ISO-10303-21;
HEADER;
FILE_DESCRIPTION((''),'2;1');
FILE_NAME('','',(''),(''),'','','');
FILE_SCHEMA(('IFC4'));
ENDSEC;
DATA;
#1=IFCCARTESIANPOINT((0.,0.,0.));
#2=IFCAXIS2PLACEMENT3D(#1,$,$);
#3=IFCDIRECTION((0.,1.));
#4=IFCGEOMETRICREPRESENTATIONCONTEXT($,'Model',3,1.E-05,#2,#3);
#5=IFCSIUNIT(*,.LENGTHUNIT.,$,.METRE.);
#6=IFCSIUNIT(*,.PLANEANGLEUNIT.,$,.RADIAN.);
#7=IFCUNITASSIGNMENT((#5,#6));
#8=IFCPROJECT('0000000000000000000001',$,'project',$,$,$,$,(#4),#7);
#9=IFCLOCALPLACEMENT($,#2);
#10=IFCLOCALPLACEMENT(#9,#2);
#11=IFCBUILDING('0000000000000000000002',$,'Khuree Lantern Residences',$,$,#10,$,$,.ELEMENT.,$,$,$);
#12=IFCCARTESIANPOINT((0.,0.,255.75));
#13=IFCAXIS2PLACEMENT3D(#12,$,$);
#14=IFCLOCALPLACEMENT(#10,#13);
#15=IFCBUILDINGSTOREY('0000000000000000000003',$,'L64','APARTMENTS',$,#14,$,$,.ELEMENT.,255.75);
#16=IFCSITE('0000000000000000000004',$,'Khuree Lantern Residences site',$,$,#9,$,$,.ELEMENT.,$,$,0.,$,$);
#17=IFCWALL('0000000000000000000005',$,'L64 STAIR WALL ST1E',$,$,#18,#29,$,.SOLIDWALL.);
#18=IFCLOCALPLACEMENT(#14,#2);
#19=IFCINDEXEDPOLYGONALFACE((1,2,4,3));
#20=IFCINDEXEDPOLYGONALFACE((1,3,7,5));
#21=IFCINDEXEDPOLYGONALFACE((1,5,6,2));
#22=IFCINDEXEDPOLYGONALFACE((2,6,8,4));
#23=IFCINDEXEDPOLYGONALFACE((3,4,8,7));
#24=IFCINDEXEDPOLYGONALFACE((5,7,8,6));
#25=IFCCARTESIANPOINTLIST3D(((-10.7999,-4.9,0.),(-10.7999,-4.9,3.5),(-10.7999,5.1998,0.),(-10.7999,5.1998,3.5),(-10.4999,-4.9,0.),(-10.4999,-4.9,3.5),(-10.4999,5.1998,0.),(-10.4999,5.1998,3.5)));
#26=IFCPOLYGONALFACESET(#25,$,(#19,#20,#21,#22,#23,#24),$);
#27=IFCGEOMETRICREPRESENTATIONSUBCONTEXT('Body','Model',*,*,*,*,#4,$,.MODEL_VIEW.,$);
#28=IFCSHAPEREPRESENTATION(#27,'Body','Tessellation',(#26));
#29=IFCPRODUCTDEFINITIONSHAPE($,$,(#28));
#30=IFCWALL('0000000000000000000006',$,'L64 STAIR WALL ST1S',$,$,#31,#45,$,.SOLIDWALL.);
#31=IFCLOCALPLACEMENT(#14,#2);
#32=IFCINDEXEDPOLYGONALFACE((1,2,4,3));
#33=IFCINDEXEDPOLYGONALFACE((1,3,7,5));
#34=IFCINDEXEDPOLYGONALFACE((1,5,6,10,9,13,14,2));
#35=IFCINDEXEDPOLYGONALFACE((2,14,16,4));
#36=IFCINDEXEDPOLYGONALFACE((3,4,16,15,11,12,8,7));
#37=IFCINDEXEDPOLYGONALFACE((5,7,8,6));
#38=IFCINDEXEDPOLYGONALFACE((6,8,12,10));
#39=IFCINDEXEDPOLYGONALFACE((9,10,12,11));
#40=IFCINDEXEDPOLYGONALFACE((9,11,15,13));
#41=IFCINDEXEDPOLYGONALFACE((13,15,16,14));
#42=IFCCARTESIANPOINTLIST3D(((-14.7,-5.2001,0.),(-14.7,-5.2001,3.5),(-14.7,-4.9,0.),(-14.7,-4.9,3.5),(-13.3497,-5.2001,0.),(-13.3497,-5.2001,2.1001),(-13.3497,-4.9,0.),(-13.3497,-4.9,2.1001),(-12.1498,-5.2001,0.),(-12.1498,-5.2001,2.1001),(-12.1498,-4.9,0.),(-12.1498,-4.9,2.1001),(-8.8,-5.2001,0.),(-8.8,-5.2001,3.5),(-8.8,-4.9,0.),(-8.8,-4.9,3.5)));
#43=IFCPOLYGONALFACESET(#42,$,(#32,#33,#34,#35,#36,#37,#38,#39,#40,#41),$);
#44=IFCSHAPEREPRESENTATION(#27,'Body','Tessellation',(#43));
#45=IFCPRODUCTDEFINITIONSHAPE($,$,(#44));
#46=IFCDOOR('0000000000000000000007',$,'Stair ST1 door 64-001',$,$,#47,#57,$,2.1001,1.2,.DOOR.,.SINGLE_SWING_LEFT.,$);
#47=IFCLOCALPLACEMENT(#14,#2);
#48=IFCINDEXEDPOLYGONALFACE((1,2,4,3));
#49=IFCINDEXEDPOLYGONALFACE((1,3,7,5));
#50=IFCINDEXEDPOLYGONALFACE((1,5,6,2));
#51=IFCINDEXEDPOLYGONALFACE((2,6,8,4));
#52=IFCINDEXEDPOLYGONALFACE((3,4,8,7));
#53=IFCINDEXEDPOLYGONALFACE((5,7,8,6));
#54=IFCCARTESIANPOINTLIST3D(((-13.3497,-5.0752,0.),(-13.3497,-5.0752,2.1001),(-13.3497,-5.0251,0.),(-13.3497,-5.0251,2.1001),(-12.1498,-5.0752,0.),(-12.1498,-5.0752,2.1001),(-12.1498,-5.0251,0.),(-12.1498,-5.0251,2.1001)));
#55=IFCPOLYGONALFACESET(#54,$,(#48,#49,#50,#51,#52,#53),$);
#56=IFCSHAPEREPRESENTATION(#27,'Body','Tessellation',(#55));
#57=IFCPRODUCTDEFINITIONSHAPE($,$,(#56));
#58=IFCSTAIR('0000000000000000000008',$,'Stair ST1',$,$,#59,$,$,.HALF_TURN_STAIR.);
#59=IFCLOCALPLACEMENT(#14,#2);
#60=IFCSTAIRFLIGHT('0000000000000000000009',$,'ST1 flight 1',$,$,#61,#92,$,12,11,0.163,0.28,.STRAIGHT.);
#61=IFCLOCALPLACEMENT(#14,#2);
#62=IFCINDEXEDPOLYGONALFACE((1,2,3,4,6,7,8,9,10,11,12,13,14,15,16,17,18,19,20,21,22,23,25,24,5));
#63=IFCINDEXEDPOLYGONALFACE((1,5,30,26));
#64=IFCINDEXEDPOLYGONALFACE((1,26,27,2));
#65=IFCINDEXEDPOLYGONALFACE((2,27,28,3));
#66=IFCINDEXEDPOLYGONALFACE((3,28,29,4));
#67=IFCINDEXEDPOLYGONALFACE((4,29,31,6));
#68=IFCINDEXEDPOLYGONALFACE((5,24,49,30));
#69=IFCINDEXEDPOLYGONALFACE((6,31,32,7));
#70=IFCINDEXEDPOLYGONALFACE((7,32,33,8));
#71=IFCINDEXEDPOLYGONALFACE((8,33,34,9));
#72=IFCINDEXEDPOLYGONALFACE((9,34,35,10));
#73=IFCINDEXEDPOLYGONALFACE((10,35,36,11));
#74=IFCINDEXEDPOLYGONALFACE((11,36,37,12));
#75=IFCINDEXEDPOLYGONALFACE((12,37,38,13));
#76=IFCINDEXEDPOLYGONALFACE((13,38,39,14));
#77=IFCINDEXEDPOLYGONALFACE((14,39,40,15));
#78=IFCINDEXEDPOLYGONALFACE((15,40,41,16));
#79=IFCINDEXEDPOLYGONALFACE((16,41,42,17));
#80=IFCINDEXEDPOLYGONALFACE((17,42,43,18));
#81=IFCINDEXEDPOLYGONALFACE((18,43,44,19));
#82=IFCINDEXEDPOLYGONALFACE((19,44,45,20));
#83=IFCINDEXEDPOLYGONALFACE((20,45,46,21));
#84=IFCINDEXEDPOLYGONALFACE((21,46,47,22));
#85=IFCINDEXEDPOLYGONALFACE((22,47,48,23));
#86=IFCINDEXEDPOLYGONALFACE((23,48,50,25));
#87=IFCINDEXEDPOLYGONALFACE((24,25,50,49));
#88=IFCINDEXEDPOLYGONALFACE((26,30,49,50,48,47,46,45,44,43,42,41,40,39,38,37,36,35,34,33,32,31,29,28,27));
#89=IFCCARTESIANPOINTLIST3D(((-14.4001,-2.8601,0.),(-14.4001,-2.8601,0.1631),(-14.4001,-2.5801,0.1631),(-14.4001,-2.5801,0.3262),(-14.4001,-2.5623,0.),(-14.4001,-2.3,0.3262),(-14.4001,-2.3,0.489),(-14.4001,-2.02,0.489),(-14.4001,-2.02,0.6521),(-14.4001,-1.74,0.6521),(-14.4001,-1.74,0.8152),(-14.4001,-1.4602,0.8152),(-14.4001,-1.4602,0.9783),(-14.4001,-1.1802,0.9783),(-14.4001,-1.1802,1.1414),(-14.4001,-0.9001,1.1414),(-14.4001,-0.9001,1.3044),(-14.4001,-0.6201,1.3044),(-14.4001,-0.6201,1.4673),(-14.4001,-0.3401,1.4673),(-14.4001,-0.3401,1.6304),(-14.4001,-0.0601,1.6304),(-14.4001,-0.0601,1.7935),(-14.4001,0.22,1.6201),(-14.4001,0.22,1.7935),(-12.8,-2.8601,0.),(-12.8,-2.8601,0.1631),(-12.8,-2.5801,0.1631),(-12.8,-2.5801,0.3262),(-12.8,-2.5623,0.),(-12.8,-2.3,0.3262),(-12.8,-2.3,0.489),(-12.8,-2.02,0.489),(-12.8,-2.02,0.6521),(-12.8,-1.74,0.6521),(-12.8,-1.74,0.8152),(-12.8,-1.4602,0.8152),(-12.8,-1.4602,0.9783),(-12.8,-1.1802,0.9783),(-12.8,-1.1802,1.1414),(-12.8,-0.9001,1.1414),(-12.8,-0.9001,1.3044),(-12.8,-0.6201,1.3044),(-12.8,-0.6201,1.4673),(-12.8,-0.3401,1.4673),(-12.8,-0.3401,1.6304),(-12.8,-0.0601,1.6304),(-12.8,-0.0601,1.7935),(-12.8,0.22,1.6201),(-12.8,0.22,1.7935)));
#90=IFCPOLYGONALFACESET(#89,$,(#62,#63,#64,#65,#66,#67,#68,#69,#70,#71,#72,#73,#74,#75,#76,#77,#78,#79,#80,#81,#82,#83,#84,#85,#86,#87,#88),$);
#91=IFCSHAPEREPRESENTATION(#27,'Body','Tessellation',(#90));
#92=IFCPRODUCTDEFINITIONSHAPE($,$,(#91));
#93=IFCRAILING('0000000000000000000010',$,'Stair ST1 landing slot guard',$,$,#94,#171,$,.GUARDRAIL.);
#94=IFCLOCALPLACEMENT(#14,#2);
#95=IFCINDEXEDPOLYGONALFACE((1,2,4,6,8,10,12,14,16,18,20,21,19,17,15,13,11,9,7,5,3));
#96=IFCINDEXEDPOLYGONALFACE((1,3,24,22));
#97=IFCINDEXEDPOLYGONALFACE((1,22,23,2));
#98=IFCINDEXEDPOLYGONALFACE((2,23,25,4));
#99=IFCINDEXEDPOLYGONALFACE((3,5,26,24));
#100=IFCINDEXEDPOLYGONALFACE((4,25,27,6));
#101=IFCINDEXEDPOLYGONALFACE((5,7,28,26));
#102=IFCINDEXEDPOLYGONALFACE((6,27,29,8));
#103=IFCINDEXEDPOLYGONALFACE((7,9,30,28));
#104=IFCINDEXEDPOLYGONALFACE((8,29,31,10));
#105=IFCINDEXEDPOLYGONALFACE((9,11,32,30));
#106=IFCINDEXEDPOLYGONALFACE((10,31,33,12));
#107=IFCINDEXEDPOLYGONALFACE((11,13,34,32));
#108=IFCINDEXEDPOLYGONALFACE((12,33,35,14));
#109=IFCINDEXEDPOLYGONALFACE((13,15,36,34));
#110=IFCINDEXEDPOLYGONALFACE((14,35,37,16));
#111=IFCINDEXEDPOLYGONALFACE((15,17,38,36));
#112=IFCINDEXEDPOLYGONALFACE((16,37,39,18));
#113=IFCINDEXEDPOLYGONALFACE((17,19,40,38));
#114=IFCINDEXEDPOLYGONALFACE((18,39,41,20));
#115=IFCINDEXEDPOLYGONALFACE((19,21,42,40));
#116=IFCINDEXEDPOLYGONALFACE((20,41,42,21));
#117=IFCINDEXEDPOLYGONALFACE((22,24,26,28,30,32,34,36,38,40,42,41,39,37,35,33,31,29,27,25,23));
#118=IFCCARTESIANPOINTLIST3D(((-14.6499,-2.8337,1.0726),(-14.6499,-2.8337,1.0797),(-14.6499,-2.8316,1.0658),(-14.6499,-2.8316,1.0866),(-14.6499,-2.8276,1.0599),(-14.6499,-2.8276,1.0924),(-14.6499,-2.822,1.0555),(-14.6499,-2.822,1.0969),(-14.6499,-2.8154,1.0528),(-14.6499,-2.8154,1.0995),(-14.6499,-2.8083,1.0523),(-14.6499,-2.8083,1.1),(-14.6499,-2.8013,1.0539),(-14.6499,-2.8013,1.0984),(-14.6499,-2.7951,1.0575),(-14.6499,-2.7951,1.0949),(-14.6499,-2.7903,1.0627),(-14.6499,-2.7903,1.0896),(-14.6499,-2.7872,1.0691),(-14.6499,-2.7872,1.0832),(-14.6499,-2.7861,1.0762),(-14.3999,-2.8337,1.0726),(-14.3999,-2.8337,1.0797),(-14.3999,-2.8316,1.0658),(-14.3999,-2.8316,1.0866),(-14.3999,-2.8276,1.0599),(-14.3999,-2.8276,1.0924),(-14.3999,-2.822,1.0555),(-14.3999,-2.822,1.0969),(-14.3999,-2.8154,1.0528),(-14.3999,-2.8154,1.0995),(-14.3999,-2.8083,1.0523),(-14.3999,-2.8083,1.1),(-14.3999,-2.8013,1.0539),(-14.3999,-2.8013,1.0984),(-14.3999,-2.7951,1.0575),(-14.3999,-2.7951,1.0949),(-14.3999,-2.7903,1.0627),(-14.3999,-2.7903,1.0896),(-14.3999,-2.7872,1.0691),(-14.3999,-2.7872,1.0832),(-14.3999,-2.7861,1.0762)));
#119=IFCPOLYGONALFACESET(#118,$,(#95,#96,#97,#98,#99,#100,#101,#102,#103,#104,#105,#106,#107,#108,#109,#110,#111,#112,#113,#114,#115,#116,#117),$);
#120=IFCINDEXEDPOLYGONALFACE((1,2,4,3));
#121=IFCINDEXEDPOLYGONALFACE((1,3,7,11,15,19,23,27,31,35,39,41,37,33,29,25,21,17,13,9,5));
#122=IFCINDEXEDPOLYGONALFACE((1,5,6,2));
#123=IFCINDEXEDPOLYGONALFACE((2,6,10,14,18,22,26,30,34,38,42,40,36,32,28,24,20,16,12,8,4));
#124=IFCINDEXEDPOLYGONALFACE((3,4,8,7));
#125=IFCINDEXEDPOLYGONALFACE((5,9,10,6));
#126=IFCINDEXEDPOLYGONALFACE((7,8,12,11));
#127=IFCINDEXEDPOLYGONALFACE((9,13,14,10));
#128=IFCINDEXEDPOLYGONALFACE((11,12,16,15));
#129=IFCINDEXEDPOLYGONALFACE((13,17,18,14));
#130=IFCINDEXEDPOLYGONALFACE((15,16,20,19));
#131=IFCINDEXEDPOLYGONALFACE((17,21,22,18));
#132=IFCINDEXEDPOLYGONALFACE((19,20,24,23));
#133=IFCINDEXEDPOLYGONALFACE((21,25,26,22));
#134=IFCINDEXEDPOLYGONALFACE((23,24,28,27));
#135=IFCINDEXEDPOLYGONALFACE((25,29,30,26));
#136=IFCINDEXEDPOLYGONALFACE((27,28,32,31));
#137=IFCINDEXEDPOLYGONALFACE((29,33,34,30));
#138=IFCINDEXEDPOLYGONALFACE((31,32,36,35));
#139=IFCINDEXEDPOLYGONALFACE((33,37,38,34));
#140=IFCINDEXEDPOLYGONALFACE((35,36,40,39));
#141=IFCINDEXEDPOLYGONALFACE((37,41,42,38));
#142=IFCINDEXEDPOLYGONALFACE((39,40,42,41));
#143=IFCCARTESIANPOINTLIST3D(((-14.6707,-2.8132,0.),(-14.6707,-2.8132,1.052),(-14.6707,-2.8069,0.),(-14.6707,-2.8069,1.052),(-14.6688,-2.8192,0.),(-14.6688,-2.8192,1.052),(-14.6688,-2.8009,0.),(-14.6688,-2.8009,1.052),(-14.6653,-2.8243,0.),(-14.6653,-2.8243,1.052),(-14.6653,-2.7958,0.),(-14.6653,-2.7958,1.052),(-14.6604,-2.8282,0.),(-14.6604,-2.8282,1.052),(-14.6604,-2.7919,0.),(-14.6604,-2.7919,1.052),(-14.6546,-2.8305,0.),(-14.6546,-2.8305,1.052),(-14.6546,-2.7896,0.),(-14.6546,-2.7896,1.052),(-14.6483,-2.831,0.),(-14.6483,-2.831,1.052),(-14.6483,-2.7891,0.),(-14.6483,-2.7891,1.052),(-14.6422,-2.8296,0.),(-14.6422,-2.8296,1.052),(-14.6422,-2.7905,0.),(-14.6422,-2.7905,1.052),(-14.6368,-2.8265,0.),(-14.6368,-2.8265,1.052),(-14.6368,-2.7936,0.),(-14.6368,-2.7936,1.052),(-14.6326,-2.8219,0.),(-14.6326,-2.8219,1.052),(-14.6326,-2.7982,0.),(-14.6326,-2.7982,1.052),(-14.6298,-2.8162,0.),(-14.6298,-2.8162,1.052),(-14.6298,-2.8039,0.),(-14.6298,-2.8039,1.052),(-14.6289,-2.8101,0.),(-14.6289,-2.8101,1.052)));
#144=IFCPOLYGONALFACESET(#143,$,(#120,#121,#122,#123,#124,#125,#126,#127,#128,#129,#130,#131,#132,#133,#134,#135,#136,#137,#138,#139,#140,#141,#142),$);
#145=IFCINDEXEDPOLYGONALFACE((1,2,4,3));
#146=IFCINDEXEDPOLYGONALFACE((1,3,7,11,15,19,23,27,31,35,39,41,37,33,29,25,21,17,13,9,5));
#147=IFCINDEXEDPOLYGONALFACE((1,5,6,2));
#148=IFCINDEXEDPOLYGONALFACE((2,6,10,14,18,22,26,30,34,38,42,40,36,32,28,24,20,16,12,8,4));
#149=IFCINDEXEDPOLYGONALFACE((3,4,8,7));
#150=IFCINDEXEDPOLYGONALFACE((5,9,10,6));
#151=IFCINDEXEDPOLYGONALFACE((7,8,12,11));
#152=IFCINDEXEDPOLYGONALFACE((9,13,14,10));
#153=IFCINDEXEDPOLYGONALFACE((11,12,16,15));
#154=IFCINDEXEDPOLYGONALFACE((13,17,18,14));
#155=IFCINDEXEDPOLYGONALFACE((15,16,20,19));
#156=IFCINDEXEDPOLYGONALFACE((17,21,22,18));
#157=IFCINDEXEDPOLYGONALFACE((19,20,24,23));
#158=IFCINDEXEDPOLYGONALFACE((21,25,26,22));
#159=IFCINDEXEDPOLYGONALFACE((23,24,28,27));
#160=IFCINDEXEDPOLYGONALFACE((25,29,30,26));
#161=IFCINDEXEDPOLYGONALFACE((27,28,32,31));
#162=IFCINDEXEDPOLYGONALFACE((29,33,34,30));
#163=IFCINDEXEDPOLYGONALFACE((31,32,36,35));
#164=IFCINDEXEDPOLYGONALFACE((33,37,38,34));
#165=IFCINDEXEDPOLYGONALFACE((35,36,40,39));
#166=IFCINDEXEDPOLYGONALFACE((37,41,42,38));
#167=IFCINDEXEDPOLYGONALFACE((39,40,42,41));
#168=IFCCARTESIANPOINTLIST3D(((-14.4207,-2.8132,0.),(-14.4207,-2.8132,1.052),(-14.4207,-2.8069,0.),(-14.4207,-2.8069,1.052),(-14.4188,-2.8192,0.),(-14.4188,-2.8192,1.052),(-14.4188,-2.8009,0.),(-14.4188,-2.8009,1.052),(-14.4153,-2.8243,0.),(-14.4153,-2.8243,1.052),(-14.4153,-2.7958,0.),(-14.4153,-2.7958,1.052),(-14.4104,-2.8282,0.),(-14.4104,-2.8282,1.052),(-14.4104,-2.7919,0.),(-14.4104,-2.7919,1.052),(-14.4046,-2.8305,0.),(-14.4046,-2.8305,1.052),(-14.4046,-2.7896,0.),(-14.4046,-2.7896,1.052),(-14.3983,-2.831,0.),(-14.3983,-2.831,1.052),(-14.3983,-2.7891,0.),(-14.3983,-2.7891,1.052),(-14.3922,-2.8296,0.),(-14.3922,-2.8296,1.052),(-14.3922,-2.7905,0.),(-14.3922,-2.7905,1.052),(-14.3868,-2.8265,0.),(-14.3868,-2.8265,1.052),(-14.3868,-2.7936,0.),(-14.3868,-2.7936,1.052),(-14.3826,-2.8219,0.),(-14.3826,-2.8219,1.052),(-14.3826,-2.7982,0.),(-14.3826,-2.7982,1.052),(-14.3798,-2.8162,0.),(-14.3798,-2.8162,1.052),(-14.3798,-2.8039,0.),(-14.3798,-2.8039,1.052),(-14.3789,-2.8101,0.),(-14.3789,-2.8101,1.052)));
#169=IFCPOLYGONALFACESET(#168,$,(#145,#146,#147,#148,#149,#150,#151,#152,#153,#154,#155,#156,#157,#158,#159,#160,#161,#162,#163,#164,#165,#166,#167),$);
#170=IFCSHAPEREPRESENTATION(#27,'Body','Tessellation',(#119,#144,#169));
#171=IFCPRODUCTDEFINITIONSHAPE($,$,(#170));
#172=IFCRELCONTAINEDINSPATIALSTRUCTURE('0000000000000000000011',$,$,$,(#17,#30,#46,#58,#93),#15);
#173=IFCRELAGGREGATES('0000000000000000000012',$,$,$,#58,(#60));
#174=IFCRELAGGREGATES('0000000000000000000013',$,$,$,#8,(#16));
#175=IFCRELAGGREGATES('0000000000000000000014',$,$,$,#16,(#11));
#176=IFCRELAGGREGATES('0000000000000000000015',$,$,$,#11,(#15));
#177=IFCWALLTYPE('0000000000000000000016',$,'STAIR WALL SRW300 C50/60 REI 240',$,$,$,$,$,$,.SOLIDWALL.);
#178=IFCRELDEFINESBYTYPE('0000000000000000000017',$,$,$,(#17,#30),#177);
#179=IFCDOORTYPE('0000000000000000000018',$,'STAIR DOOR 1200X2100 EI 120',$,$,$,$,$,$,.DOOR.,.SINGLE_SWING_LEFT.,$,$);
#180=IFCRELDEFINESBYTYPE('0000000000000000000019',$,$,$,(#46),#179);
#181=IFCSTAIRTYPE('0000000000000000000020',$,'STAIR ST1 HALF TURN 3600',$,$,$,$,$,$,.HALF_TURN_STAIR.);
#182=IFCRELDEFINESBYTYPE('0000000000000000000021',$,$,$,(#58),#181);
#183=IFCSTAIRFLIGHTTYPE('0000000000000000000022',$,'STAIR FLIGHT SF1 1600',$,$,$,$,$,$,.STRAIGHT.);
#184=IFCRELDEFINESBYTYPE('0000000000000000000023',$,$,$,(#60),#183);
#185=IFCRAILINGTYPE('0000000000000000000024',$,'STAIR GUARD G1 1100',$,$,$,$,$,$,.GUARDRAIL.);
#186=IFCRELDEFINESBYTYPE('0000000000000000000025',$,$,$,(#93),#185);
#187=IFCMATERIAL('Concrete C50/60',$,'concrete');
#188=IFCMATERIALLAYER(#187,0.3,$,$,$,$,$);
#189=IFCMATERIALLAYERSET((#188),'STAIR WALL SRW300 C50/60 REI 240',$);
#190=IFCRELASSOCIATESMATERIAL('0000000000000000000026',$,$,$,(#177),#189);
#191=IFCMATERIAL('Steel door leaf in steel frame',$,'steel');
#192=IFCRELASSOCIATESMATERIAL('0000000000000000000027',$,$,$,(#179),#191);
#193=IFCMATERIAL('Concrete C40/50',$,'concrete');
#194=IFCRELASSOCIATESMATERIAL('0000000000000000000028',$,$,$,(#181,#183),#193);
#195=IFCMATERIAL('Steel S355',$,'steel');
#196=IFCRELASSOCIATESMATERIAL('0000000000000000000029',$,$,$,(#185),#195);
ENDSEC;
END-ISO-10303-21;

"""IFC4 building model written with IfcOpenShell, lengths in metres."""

from ifc_helpers import new_model, si_unit, direction, frame, frame_2d, origin, origin_2d, place, context, subcontext, project, spatial, polyline, rectangle, circle, outline, extrude, material, layer, layer_set, type_object, element, fill, aggregate, save


model = new_model("IFC4")

# Units and contexts
model_context = context("Model", 3, precision=1e-05, world=origin(), true_north=direction((0.0, 1.0)))
body_context = subcontext(model_context, "Body", "Model", "MODEL_VIEW")
ifc_project = project(units=[si_unit("LENGTHUNIT", "METRE"), si_unit("PLANEANGLEUNIT", "RADIAN")], contexts=[model_context])

# Site, building, storey
site_placement = place(None, origin())
site = spatial("IfcSite", under=ifc_project, at=site_placement, Name="Khuree Lantern Residences site", CompositionType="ELEMENT", RefElevation=0.0)
building_placement = place(site_placement, origin())
building = spatial("IfcBuilding", under=site, at=building_placement, Name="Khuree Lantern Residences", CompositionType="ELEMENT")
storey_placement = place(building_placement, frame((0.0, 0.0, 255.75)))
storey = spatial("IfcBuildingStorey", under=building, at=storey_placement, Name="L64", Description="APARTMENTS", CompositionType="ELEMENT", Elevation=255.75)

# Shared definitions
ifc_material_1 = material(Name="Steel door leaf in steel frame", Category="steel")

# Wall
ifc_material_2 = material(Name="Concrete C50/60", Category="concrete")
ifc_layer_1 = layer(ifc_material_2, 0.3)
ifc_layer_set_1 = layer_set([ifc_layer_1], Name="STAIR WALL SRW300 C50/60 REI 240")
wall_type_1 = type_object("IfcWallType", Name="STAIR WALL SRW300 C50/60 REI 240", PredefinedType="SOLIDWALL", material=ifc_layer_set_1)
wall_1_placement = place(storey_placement, frame((-10.6499, -4.8999, 0.0), z_axis=(0.0, 0.0, 1.0), x_axis=(0.0, 1.0, 0.0)))
element("IfcWall", 1, at=wall_1_placement, inside=storey, type_object=wall_type_1, Name="L64 STAIR WALL ST1E", PredefinedType="SOLIDWALL", context=body_context, shape_type="SweptSolid", body=[
    extrude(rectangle(XDim=10.0999, YDim=0.3, at=frame_2d((5.0498, 0.0))), origin(), (0.0, 0.0, 1.0), 3.5),
])

# Wall, opening, door
wall_2_placement = place(storey_placement, frame((-14.7, -5.05, 0.0), z_axis=(0.0, 0.0, 1.0), x_axis=(1.0, 0.0, 0.0)))
wall_2 = element("IfcWall", 2, at=wall_2_placement, inside=storey, type_object=wall_type_1, Name="L64 STAIR WALL ST1S", PredefinedType="SOLIDWALL", context=body_context, shape_type="SweptSolid", body=[
    extrude(rectangle(XDim=5.8999, YDim=0.3, at=frame_2d((2.95, 0.0))), origin(), (0.0, 0.0, 1.0), 3.5),
])
opening_1_placement = place(wall_2_placement, frame((1.3501, 0.0, 0.0)))
opening_1 = element("IfcOpeningElement", 3, at=opening_1_placement, cuts=wall_2, PredefinedType="OPENING", context=body_context, shape_type="SweptSolid", body=[
    extrude(rectangle(XDim=1.2, YDim=2.1001, at=frame_2d((0.6001, 1.05))), frame((0.0, 0.1602, 0.0), z_axis=(0.0, -1.0, 0.0), x_axis=(1.0, 0.0, 0.0)), (0.0, 0.0, 1.0), 0.3201),
])
door_type_1 = type_object("IfcDoorType", Name="STAIR DOOR 1200X2100 EI 120", OperationType="SINGLE_SWING_LEFT", PredefinedType="DOOR", material=ifc_material_1)
door_1_placement = place(opening_1_placement, origin())
door_1 = element("IfcDoor", 4, at=door_1_placement, inside=storey, type_object=door_type_1, Name="Stair ST1 door 64-001", OperationType="SINGLE_SWING_LEFT", OverallHeight=2.1001, OverallWidth=1.2, PredefinedType="DOOR", context=body_context, shape_type="SweptSolid", body=[
    extrude(rectangle(XDim=1.2, YDim=2.1001, at=frame_2d((0.6001, 1.05))), frame((0.0, 0.0249, 0.0), z_axis=(0.0, -1.0, 0.0), x_axis=(1.0, 0.0, 0.0)), (0.0, 0.0, 1.0), 0.05),
])
fill(opening_1, door_1)

# Stair, stair flight
ifc_material_3 = material(Name="Concrete C40/50", Category="concrete")
stair_type = type_object("IfcStairType", Name="STAIR ST1 HALF TURN 3600", PredefinedType="HALF_TURN_STAIR", material=ifc_material_3)
stair_placement = place(storey_placement, origin())
stair = element("IfcStair", 5, at=stair_placement, inside=storey, type_object=stair_type, Name="Stair ST1", PredefinedType="HALF_TURN_STAIR")
stair_flight_type = type_object("IfcStairFlightType", Name="STAIR FLIGHT SF1 1600", PredefinedType="STRAIGHT", material=ifc_material_3)
stair_flight_placement = place(storey_placement, frame((-13.6001, -2.8601, 0.0), z_axis=(0.0, 0.0, 1.0), x_axis=(0.0, 1.0, 0.0)))
stair_flight = element("IfcStairFlight", 6, at=stair_flight_placement, type_object=stair_flight_type, Name="ST1 flight 1", NumberOfRisers=12, NumberOfTreads=11, PredefinedType="STRAIGHT", RiserHeight=0.163, TreadLength=0.28, context=body_context, shape_type="SweptSolid", body=[
    extrude(outline(polyline([(0.0, 0.0), (0.0, 0.1631), (0.28, 0.1631), (0.28, 0.3262), (0.5601, 0.3262), (0.5601, 0.489), (0.8401, 0.489), (0.8401, 0.6521), (1.1201, 0.6521), (1.1201, 0.8152), (1.3999, 0.8152), (1.3999, 0.9783), (1.6799, 0.9783), (1.6799, 1.1414), (1.96, 1.1414), (1.96, 1.3044), (2.24, 1.3044), (2.24, 1.4673), (2.52, 1.4673), (2.52, 1.6304), (2.8, 1.6304), (2.8, 1.7935), (3.0801, 1.7935), (3.0801, 1.9565), (3.0801, 1.6201), (0.2979, 0.0), (0.0, 0.0)])), frame((0.0, 0.8, 0.0), z_axis=(0.0, -1.0, 0.0), x_axis=(1.0, 0.0, 0.0)), (0.0, 0.0, 1.0), 1.6001),
])
aggregate(stair, [stair_flight])

# Railing
ifc_material_4 = material(Name="Steel S355", Category="steel")
railing_type_1 = type_object("IfcRailingType", Name="STAIR GUARD G1 1100", PredefinedType="GUARDRAIL", material=ifc_material_4)
railing_1_placement = place(storey_placement, frame((-14.6499, -2.8101, 0.0)))
element("IfcRailing", 7, at=railing_1_placement, inside=storey, type_object=railing_type_1, Name="Stair ST1 landing slot guard", PredefinedType="GUARDRAIL", context=body_context, shape_type="SweptSolid", body=[
    extrude(circle(Radius=0.0239, at=origin_2d()), frame((0.0, 0.0, 1.0762), z_axis=(1.0, 0.0, 0.0), x_axis=(0.0, 1.0, 0.0)), (0.0, 0.0, 1.0), 0.25),
    extrude(circle(Radius=0.021, at=origin_2d()), origin(), (0.0, 0.0, 1.0), 1.052),
    extrude(circle(Radius=0.021, at=origin_2d()), frame((0.25, 0.0, 0.0)), (0.0, 0.0, 1.0), 1.052),
])

save(model, "model.ifc")
